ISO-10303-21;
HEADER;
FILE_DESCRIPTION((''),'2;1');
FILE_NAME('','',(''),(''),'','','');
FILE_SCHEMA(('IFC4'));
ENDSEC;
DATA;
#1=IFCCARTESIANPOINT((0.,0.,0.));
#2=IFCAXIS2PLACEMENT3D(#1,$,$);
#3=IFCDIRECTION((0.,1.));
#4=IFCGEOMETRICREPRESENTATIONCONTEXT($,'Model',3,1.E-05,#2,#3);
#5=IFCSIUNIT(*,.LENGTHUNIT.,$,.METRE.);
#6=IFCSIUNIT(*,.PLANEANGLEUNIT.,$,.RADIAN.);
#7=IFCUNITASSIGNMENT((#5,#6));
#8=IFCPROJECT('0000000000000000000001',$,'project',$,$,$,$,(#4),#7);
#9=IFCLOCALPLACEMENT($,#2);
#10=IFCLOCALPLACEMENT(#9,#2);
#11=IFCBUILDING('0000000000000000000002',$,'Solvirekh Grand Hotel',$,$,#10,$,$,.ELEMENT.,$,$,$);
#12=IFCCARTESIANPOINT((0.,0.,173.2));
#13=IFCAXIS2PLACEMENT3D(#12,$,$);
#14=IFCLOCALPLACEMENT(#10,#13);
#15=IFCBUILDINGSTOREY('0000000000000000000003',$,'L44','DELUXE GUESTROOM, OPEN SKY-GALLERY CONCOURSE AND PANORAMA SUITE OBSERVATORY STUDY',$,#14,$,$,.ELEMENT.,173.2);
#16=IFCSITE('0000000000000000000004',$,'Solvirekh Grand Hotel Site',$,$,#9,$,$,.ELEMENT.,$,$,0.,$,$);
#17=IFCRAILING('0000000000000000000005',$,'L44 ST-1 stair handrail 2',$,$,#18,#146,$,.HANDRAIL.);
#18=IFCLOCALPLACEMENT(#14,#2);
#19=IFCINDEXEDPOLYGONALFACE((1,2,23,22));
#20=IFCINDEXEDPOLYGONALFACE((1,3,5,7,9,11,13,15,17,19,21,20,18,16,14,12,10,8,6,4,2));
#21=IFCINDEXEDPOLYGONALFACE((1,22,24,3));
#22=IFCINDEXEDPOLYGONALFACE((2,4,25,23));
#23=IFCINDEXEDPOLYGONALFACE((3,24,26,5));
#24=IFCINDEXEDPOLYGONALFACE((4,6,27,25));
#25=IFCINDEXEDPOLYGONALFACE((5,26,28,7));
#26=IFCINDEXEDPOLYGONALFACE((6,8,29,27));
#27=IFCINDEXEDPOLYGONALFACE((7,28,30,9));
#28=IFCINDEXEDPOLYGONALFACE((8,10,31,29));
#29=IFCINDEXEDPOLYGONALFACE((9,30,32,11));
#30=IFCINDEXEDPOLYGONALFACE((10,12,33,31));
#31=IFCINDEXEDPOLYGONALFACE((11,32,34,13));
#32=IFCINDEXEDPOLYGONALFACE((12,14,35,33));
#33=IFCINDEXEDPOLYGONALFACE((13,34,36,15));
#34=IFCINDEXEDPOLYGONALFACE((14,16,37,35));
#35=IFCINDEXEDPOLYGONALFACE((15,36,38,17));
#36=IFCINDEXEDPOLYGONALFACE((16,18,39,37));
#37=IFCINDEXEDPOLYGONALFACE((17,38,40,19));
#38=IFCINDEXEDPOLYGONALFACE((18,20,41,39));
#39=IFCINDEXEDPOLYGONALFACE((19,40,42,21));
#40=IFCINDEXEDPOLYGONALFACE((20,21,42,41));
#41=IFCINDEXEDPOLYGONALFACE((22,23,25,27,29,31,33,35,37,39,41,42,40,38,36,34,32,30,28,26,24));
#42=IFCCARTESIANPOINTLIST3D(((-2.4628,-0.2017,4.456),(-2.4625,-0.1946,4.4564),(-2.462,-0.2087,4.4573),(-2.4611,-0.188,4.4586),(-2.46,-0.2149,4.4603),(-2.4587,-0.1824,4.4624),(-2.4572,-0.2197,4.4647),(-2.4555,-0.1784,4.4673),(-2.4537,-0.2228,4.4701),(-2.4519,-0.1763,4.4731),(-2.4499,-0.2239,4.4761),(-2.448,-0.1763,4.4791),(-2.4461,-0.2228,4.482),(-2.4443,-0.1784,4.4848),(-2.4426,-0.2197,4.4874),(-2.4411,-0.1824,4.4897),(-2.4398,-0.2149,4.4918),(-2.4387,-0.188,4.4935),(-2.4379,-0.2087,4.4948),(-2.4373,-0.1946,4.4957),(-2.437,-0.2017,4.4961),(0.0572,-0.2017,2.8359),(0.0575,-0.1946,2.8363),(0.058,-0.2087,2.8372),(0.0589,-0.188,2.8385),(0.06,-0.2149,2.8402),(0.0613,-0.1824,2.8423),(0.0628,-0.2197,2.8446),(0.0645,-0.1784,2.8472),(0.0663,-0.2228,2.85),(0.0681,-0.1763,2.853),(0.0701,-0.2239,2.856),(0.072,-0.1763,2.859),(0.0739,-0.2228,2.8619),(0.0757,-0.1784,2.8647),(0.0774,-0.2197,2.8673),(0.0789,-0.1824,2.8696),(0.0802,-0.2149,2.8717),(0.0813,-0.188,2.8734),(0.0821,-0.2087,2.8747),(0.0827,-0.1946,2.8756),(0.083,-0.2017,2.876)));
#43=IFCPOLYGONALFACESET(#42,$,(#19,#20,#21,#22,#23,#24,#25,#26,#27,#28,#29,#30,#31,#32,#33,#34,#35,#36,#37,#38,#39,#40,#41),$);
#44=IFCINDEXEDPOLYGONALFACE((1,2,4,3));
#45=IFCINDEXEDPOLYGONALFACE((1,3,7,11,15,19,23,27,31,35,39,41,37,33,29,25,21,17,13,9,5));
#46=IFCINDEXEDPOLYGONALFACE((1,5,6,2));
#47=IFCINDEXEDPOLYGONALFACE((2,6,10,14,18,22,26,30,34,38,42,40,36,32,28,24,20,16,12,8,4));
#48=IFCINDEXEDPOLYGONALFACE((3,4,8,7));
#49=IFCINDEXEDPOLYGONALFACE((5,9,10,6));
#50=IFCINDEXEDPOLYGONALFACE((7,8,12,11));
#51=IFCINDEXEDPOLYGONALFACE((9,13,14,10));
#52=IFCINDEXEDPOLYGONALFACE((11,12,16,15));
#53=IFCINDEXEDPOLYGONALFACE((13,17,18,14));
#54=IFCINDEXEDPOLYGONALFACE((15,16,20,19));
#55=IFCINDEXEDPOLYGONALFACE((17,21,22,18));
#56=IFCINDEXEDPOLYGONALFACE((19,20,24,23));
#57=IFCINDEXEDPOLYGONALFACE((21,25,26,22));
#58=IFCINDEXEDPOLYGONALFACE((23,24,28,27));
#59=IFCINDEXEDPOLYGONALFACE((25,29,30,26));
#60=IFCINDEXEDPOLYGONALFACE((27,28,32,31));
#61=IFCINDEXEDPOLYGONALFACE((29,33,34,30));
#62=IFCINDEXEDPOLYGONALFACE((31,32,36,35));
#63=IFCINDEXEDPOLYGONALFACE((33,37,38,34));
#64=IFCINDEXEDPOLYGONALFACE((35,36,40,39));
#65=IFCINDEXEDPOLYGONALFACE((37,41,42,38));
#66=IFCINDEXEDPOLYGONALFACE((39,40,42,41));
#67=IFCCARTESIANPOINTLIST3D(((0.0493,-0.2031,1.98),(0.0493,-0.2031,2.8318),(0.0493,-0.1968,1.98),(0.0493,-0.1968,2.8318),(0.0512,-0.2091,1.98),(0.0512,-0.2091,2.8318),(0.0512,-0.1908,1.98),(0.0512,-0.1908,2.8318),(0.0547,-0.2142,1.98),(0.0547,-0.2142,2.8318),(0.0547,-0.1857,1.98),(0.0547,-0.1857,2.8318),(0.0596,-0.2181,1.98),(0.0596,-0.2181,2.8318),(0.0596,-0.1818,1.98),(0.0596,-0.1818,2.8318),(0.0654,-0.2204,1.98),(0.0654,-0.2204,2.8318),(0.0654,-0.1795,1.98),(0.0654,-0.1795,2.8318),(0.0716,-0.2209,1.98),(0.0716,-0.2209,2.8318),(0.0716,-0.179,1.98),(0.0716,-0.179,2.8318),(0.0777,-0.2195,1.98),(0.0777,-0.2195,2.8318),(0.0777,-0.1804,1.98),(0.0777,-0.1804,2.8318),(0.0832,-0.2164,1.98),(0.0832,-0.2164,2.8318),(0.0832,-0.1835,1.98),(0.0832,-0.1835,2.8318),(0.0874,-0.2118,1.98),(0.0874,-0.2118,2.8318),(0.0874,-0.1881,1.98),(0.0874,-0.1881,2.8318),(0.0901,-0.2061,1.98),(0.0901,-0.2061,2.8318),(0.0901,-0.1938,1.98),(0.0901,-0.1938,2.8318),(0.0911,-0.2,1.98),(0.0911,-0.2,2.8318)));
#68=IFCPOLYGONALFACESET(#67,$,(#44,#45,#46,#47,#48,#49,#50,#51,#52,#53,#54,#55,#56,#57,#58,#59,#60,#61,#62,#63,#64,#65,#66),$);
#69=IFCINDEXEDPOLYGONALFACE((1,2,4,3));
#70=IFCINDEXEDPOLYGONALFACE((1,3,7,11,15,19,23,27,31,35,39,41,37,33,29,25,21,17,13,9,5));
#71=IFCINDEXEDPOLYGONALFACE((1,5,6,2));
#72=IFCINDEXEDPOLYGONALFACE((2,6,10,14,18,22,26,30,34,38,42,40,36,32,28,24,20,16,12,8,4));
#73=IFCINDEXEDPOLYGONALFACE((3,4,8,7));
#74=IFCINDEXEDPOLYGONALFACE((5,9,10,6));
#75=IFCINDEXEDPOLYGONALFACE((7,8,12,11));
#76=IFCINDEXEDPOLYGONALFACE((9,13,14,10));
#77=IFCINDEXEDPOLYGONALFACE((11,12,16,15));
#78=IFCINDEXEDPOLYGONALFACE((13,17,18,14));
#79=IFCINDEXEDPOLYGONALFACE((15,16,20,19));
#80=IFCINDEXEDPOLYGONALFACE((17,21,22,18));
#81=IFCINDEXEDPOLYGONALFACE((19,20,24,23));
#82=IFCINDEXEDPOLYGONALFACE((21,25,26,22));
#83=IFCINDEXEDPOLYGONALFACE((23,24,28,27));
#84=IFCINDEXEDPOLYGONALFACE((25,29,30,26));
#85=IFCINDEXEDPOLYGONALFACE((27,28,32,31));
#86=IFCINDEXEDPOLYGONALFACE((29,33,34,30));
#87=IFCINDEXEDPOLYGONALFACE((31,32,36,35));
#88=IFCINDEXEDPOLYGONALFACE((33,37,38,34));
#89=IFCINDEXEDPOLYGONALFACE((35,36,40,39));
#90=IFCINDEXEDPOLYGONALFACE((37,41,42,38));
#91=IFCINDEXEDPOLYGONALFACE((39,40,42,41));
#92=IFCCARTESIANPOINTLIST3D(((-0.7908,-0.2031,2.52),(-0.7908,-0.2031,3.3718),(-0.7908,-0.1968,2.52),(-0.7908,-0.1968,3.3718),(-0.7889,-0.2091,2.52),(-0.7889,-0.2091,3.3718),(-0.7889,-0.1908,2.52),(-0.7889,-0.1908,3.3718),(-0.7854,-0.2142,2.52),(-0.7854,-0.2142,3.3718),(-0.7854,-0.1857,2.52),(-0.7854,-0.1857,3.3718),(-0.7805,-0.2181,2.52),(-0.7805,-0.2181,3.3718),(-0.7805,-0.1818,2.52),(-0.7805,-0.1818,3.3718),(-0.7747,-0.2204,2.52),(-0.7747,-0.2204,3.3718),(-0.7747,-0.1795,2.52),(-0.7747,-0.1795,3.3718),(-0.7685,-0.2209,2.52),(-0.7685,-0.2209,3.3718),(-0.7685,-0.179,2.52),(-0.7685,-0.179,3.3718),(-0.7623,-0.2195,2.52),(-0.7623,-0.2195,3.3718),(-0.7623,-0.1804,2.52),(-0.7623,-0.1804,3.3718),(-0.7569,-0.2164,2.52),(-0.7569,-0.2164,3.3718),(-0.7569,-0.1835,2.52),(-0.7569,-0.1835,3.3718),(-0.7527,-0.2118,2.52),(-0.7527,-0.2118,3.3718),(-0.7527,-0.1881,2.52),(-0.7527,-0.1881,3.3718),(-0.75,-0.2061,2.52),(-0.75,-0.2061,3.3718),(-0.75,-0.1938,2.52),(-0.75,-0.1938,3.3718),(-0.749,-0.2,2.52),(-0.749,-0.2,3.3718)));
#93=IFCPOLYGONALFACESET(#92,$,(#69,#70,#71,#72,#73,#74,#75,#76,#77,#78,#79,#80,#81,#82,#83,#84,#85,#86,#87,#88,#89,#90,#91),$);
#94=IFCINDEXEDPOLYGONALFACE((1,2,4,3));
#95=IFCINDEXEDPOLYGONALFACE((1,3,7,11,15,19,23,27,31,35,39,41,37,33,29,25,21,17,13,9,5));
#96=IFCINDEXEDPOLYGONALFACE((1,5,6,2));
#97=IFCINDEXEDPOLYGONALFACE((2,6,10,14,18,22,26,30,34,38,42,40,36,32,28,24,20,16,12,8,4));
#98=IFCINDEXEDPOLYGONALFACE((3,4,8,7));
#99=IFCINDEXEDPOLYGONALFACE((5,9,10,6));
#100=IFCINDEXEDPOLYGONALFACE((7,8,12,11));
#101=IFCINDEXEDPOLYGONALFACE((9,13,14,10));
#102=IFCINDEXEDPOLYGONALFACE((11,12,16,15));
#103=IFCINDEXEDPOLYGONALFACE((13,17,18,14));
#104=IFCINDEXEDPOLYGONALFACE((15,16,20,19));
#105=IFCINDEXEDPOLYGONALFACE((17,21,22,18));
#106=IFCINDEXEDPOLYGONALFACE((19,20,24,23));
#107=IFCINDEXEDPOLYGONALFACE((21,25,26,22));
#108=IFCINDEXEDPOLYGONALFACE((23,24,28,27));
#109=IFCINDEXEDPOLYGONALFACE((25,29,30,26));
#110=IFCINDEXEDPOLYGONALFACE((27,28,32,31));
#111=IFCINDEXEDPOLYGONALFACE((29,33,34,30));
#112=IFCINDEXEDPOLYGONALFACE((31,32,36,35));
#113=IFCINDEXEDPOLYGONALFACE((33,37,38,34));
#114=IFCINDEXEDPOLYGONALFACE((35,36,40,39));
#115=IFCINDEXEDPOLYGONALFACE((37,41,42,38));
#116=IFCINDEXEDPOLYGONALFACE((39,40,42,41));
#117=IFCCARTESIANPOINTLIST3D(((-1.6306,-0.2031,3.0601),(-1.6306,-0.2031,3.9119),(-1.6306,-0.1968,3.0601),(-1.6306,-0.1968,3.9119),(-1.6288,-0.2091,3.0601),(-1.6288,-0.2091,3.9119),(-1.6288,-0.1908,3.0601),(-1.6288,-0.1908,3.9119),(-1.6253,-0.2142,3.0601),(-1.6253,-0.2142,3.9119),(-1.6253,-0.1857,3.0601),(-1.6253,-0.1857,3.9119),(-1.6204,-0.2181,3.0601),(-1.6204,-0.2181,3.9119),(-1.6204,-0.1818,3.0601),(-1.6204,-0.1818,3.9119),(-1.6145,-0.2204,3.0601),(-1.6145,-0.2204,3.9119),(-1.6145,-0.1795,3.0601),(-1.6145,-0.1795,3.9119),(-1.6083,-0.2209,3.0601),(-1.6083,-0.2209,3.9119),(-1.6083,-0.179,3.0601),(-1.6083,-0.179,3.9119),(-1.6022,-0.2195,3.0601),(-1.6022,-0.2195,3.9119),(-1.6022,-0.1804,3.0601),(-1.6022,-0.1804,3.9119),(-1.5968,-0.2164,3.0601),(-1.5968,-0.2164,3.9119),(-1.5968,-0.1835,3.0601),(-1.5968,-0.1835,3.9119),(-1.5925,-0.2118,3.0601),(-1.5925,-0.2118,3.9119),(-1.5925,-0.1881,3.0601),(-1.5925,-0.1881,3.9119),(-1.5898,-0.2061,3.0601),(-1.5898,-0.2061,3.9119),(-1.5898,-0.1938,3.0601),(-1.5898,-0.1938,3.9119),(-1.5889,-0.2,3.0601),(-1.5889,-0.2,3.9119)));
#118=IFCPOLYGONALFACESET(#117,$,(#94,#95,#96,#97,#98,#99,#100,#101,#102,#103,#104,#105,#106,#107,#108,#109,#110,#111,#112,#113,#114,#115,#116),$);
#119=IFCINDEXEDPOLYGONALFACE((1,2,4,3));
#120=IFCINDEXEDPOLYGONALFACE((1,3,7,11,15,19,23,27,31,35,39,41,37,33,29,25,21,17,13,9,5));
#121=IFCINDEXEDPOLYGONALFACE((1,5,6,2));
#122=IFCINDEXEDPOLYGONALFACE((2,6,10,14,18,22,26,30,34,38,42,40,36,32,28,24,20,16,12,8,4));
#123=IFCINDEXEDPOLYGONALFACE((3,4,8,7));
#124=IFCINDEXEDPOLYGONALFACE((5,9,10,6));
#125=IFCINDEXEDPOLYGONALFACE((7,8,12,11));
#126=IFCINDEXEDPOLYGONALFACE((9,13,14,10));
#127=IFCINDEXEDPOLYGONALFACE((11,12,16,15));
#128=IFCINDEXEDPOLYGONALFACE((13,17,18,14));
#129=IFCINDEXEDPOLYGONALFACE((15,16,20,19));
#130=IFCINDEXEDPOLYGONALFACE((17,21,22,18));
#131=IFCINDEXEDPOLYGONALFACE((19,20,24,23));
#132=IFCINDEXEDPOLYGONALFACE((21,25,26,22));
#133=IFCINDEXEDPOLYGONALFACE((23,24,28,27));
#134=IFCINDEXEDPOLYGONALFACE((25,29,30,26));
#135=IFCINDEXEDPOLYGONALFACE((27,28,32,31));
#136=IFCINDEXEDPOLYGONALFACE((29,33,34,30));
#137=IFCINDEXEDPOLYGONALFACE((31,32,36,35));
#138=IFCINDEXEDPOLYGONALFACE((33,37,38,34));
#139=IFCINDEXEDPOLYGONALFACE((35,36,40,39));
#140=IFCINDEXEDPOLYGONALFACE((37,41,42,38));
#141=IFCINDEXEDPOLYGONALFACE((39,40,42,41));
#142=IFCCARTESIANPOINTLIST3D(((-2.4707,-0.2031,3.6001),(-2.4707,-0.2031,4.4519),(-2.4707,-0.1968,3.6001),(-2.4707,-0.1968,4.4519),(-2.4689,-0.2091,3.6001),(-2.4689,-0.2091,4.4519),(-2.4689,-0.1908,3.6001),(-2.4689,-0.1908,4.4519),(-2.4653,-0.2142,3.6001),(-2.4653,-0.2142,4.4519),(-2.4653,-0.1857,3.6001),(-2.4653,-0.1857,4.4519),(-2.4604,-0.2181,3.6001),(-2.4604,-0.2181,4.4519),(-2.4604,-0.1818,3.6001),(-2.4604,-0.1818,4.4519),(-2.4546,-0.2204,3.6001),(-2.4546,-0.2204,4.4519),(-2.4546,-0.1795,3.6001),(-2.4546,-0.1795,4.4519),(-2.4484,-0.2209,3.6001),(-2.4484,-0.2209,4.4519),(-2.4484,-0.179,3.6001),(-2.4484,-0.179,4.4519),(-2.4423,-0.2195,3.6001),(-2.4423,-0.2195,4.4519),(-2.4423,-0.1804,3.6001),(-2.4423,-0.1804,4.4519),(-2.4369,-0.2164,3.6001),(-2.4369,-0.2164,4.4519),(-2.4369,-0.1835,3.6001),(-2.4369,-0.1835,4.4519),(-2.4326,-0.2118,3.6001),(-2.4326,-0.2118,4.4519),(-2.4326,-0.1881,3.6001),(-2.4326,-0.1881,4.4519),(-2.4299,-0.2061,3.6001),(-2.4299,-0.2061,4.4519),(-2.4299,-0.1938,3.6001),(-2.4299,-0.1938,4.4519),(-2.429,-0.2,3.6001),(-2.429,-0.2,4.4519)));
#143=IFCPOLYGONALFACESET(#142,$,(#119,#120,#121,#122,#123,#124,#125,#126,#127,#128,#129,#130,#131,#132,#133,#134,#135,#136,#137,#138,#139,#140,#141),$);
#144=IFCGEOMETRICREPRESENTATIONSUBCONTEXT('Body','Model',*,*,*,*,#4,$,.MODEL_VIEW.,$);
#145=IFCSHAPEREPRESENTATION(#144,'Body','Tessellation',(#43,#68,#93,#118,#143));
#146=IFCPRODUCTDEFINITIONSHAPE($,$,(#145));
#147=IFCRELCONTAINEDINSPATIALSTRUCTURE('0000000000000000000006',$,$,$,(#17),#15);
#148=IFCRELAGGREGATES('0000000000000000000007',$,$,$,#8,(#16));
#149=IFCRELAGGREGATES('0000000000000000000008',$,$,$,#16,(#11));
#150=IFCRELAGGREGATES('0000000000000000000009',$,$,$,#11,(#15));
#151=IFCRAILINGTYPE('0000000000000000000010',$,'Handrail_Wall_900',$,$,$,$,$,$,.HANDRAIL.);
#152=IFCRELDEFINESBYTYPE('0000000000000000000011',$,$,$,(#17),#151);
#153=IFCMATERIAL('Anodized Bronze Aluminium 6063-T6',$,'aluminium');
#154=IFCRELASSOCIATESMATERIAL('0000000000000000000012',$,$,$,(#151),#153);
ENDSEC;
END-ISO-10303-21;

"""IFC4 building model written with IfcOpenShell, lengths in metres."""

from ifc_helpers import new_model, si_unit, direction, frame, origin, origin_2d, place, context, subcontext, project, spatial, circle, extrude, material, type_object, element, save


model = new_model("IFC4")

# Units and contexts
model_context = context("Model", 3, precision=1e-05, world=origin(), true_north=direction((0.0, 1.0)))
body_context = subcontext(model_context, "Body", "Model", "MODEL_VIEW")
ifc_project = project(units=[si_unit("LENGTHUNIT", "METRE"), si_unit("PLANEANGLEUNIT", "RADIAN")], contexts=[model_context])

# Site, building, storey
site_placement = place(None, origin())
site = spatial("IfcSite", under=ifc_project, at=site_placement, Name="Solvirekh Grand Hotel Site", CompositionType="ELEMENT", RefElevation=0.0)
building_placement = place(site_placement, origin())
building = spatial("IfcBuilding", under=site, at=building_placement, Name="Solvirekh Grand Hotel", CompositionType="ELEMENT")
storey_placement = place(building_placement, frame((0.0, 0.0, 173.2)))
storey = spatial("IfcBuildingStorey", under=building, at=storey_placement, Name="L44", Description="DELUXE GUESTROOM, OPEN SKY-GALLERY CONCOURSE AND PANORAMA SUITE OBSERVATORY STUDY", CompositionType="ELEMENT", Elevation=173.2)

# Railing
ifc_material_1 = material(Name="Anodized Bronze Aluminium 6063-T6", Category="aluminium")
railing_type_1 = type_object("IfcRailingType", Name="Handrail_Wall_900", PredefinedType="HANDRAIL", material=ifc_material_1)
railing_1_placement = place(storey_placement, frame((0.0701, -0.2, 1.98)))
element("IfcRailing", 1, at=railing_1_placement, inside=storey, type_object=railing_type_1, Name="L44 ST-1 stair handrail 2", PredefinedType="HANDRAIL", context=body_context, shape_type="SweptSolid", body=[
    extrude(circle(Radius=0.0239, at=origin_2d()), frame((0.0, 0.0, 0.876), z_axis=(-0.841163, 0.0, 0.540782), x_axis=(0.0, -1.0, 0.0)), (0.0, 0.0, 1.0), 2.9958),
    extrude(circle(Radius=0.021, at=origin_2d()), origin(), (0.0, 0.0, 1.0), 0.8518),
    extrude(circle(Radius=0.021, at=origin_2d()), frame((-0.8401, 0.0, 0.54)), (0.0, 0.0, 1.0), 0.8518),
    extrude(circle(Radius=0.021, at=origin_2d()), frame((-1.6799, 0.0, 1.0801)), (0.0, 0.0, 1.0), 0.8518),
    extrude(circle(Radius=0.021, at=origin_2d()), frame((-2.52, 0.0, 1.6201)), (0.0, 0.0, 1.0), 0.8518),
])

save(model, "model.ifc")
